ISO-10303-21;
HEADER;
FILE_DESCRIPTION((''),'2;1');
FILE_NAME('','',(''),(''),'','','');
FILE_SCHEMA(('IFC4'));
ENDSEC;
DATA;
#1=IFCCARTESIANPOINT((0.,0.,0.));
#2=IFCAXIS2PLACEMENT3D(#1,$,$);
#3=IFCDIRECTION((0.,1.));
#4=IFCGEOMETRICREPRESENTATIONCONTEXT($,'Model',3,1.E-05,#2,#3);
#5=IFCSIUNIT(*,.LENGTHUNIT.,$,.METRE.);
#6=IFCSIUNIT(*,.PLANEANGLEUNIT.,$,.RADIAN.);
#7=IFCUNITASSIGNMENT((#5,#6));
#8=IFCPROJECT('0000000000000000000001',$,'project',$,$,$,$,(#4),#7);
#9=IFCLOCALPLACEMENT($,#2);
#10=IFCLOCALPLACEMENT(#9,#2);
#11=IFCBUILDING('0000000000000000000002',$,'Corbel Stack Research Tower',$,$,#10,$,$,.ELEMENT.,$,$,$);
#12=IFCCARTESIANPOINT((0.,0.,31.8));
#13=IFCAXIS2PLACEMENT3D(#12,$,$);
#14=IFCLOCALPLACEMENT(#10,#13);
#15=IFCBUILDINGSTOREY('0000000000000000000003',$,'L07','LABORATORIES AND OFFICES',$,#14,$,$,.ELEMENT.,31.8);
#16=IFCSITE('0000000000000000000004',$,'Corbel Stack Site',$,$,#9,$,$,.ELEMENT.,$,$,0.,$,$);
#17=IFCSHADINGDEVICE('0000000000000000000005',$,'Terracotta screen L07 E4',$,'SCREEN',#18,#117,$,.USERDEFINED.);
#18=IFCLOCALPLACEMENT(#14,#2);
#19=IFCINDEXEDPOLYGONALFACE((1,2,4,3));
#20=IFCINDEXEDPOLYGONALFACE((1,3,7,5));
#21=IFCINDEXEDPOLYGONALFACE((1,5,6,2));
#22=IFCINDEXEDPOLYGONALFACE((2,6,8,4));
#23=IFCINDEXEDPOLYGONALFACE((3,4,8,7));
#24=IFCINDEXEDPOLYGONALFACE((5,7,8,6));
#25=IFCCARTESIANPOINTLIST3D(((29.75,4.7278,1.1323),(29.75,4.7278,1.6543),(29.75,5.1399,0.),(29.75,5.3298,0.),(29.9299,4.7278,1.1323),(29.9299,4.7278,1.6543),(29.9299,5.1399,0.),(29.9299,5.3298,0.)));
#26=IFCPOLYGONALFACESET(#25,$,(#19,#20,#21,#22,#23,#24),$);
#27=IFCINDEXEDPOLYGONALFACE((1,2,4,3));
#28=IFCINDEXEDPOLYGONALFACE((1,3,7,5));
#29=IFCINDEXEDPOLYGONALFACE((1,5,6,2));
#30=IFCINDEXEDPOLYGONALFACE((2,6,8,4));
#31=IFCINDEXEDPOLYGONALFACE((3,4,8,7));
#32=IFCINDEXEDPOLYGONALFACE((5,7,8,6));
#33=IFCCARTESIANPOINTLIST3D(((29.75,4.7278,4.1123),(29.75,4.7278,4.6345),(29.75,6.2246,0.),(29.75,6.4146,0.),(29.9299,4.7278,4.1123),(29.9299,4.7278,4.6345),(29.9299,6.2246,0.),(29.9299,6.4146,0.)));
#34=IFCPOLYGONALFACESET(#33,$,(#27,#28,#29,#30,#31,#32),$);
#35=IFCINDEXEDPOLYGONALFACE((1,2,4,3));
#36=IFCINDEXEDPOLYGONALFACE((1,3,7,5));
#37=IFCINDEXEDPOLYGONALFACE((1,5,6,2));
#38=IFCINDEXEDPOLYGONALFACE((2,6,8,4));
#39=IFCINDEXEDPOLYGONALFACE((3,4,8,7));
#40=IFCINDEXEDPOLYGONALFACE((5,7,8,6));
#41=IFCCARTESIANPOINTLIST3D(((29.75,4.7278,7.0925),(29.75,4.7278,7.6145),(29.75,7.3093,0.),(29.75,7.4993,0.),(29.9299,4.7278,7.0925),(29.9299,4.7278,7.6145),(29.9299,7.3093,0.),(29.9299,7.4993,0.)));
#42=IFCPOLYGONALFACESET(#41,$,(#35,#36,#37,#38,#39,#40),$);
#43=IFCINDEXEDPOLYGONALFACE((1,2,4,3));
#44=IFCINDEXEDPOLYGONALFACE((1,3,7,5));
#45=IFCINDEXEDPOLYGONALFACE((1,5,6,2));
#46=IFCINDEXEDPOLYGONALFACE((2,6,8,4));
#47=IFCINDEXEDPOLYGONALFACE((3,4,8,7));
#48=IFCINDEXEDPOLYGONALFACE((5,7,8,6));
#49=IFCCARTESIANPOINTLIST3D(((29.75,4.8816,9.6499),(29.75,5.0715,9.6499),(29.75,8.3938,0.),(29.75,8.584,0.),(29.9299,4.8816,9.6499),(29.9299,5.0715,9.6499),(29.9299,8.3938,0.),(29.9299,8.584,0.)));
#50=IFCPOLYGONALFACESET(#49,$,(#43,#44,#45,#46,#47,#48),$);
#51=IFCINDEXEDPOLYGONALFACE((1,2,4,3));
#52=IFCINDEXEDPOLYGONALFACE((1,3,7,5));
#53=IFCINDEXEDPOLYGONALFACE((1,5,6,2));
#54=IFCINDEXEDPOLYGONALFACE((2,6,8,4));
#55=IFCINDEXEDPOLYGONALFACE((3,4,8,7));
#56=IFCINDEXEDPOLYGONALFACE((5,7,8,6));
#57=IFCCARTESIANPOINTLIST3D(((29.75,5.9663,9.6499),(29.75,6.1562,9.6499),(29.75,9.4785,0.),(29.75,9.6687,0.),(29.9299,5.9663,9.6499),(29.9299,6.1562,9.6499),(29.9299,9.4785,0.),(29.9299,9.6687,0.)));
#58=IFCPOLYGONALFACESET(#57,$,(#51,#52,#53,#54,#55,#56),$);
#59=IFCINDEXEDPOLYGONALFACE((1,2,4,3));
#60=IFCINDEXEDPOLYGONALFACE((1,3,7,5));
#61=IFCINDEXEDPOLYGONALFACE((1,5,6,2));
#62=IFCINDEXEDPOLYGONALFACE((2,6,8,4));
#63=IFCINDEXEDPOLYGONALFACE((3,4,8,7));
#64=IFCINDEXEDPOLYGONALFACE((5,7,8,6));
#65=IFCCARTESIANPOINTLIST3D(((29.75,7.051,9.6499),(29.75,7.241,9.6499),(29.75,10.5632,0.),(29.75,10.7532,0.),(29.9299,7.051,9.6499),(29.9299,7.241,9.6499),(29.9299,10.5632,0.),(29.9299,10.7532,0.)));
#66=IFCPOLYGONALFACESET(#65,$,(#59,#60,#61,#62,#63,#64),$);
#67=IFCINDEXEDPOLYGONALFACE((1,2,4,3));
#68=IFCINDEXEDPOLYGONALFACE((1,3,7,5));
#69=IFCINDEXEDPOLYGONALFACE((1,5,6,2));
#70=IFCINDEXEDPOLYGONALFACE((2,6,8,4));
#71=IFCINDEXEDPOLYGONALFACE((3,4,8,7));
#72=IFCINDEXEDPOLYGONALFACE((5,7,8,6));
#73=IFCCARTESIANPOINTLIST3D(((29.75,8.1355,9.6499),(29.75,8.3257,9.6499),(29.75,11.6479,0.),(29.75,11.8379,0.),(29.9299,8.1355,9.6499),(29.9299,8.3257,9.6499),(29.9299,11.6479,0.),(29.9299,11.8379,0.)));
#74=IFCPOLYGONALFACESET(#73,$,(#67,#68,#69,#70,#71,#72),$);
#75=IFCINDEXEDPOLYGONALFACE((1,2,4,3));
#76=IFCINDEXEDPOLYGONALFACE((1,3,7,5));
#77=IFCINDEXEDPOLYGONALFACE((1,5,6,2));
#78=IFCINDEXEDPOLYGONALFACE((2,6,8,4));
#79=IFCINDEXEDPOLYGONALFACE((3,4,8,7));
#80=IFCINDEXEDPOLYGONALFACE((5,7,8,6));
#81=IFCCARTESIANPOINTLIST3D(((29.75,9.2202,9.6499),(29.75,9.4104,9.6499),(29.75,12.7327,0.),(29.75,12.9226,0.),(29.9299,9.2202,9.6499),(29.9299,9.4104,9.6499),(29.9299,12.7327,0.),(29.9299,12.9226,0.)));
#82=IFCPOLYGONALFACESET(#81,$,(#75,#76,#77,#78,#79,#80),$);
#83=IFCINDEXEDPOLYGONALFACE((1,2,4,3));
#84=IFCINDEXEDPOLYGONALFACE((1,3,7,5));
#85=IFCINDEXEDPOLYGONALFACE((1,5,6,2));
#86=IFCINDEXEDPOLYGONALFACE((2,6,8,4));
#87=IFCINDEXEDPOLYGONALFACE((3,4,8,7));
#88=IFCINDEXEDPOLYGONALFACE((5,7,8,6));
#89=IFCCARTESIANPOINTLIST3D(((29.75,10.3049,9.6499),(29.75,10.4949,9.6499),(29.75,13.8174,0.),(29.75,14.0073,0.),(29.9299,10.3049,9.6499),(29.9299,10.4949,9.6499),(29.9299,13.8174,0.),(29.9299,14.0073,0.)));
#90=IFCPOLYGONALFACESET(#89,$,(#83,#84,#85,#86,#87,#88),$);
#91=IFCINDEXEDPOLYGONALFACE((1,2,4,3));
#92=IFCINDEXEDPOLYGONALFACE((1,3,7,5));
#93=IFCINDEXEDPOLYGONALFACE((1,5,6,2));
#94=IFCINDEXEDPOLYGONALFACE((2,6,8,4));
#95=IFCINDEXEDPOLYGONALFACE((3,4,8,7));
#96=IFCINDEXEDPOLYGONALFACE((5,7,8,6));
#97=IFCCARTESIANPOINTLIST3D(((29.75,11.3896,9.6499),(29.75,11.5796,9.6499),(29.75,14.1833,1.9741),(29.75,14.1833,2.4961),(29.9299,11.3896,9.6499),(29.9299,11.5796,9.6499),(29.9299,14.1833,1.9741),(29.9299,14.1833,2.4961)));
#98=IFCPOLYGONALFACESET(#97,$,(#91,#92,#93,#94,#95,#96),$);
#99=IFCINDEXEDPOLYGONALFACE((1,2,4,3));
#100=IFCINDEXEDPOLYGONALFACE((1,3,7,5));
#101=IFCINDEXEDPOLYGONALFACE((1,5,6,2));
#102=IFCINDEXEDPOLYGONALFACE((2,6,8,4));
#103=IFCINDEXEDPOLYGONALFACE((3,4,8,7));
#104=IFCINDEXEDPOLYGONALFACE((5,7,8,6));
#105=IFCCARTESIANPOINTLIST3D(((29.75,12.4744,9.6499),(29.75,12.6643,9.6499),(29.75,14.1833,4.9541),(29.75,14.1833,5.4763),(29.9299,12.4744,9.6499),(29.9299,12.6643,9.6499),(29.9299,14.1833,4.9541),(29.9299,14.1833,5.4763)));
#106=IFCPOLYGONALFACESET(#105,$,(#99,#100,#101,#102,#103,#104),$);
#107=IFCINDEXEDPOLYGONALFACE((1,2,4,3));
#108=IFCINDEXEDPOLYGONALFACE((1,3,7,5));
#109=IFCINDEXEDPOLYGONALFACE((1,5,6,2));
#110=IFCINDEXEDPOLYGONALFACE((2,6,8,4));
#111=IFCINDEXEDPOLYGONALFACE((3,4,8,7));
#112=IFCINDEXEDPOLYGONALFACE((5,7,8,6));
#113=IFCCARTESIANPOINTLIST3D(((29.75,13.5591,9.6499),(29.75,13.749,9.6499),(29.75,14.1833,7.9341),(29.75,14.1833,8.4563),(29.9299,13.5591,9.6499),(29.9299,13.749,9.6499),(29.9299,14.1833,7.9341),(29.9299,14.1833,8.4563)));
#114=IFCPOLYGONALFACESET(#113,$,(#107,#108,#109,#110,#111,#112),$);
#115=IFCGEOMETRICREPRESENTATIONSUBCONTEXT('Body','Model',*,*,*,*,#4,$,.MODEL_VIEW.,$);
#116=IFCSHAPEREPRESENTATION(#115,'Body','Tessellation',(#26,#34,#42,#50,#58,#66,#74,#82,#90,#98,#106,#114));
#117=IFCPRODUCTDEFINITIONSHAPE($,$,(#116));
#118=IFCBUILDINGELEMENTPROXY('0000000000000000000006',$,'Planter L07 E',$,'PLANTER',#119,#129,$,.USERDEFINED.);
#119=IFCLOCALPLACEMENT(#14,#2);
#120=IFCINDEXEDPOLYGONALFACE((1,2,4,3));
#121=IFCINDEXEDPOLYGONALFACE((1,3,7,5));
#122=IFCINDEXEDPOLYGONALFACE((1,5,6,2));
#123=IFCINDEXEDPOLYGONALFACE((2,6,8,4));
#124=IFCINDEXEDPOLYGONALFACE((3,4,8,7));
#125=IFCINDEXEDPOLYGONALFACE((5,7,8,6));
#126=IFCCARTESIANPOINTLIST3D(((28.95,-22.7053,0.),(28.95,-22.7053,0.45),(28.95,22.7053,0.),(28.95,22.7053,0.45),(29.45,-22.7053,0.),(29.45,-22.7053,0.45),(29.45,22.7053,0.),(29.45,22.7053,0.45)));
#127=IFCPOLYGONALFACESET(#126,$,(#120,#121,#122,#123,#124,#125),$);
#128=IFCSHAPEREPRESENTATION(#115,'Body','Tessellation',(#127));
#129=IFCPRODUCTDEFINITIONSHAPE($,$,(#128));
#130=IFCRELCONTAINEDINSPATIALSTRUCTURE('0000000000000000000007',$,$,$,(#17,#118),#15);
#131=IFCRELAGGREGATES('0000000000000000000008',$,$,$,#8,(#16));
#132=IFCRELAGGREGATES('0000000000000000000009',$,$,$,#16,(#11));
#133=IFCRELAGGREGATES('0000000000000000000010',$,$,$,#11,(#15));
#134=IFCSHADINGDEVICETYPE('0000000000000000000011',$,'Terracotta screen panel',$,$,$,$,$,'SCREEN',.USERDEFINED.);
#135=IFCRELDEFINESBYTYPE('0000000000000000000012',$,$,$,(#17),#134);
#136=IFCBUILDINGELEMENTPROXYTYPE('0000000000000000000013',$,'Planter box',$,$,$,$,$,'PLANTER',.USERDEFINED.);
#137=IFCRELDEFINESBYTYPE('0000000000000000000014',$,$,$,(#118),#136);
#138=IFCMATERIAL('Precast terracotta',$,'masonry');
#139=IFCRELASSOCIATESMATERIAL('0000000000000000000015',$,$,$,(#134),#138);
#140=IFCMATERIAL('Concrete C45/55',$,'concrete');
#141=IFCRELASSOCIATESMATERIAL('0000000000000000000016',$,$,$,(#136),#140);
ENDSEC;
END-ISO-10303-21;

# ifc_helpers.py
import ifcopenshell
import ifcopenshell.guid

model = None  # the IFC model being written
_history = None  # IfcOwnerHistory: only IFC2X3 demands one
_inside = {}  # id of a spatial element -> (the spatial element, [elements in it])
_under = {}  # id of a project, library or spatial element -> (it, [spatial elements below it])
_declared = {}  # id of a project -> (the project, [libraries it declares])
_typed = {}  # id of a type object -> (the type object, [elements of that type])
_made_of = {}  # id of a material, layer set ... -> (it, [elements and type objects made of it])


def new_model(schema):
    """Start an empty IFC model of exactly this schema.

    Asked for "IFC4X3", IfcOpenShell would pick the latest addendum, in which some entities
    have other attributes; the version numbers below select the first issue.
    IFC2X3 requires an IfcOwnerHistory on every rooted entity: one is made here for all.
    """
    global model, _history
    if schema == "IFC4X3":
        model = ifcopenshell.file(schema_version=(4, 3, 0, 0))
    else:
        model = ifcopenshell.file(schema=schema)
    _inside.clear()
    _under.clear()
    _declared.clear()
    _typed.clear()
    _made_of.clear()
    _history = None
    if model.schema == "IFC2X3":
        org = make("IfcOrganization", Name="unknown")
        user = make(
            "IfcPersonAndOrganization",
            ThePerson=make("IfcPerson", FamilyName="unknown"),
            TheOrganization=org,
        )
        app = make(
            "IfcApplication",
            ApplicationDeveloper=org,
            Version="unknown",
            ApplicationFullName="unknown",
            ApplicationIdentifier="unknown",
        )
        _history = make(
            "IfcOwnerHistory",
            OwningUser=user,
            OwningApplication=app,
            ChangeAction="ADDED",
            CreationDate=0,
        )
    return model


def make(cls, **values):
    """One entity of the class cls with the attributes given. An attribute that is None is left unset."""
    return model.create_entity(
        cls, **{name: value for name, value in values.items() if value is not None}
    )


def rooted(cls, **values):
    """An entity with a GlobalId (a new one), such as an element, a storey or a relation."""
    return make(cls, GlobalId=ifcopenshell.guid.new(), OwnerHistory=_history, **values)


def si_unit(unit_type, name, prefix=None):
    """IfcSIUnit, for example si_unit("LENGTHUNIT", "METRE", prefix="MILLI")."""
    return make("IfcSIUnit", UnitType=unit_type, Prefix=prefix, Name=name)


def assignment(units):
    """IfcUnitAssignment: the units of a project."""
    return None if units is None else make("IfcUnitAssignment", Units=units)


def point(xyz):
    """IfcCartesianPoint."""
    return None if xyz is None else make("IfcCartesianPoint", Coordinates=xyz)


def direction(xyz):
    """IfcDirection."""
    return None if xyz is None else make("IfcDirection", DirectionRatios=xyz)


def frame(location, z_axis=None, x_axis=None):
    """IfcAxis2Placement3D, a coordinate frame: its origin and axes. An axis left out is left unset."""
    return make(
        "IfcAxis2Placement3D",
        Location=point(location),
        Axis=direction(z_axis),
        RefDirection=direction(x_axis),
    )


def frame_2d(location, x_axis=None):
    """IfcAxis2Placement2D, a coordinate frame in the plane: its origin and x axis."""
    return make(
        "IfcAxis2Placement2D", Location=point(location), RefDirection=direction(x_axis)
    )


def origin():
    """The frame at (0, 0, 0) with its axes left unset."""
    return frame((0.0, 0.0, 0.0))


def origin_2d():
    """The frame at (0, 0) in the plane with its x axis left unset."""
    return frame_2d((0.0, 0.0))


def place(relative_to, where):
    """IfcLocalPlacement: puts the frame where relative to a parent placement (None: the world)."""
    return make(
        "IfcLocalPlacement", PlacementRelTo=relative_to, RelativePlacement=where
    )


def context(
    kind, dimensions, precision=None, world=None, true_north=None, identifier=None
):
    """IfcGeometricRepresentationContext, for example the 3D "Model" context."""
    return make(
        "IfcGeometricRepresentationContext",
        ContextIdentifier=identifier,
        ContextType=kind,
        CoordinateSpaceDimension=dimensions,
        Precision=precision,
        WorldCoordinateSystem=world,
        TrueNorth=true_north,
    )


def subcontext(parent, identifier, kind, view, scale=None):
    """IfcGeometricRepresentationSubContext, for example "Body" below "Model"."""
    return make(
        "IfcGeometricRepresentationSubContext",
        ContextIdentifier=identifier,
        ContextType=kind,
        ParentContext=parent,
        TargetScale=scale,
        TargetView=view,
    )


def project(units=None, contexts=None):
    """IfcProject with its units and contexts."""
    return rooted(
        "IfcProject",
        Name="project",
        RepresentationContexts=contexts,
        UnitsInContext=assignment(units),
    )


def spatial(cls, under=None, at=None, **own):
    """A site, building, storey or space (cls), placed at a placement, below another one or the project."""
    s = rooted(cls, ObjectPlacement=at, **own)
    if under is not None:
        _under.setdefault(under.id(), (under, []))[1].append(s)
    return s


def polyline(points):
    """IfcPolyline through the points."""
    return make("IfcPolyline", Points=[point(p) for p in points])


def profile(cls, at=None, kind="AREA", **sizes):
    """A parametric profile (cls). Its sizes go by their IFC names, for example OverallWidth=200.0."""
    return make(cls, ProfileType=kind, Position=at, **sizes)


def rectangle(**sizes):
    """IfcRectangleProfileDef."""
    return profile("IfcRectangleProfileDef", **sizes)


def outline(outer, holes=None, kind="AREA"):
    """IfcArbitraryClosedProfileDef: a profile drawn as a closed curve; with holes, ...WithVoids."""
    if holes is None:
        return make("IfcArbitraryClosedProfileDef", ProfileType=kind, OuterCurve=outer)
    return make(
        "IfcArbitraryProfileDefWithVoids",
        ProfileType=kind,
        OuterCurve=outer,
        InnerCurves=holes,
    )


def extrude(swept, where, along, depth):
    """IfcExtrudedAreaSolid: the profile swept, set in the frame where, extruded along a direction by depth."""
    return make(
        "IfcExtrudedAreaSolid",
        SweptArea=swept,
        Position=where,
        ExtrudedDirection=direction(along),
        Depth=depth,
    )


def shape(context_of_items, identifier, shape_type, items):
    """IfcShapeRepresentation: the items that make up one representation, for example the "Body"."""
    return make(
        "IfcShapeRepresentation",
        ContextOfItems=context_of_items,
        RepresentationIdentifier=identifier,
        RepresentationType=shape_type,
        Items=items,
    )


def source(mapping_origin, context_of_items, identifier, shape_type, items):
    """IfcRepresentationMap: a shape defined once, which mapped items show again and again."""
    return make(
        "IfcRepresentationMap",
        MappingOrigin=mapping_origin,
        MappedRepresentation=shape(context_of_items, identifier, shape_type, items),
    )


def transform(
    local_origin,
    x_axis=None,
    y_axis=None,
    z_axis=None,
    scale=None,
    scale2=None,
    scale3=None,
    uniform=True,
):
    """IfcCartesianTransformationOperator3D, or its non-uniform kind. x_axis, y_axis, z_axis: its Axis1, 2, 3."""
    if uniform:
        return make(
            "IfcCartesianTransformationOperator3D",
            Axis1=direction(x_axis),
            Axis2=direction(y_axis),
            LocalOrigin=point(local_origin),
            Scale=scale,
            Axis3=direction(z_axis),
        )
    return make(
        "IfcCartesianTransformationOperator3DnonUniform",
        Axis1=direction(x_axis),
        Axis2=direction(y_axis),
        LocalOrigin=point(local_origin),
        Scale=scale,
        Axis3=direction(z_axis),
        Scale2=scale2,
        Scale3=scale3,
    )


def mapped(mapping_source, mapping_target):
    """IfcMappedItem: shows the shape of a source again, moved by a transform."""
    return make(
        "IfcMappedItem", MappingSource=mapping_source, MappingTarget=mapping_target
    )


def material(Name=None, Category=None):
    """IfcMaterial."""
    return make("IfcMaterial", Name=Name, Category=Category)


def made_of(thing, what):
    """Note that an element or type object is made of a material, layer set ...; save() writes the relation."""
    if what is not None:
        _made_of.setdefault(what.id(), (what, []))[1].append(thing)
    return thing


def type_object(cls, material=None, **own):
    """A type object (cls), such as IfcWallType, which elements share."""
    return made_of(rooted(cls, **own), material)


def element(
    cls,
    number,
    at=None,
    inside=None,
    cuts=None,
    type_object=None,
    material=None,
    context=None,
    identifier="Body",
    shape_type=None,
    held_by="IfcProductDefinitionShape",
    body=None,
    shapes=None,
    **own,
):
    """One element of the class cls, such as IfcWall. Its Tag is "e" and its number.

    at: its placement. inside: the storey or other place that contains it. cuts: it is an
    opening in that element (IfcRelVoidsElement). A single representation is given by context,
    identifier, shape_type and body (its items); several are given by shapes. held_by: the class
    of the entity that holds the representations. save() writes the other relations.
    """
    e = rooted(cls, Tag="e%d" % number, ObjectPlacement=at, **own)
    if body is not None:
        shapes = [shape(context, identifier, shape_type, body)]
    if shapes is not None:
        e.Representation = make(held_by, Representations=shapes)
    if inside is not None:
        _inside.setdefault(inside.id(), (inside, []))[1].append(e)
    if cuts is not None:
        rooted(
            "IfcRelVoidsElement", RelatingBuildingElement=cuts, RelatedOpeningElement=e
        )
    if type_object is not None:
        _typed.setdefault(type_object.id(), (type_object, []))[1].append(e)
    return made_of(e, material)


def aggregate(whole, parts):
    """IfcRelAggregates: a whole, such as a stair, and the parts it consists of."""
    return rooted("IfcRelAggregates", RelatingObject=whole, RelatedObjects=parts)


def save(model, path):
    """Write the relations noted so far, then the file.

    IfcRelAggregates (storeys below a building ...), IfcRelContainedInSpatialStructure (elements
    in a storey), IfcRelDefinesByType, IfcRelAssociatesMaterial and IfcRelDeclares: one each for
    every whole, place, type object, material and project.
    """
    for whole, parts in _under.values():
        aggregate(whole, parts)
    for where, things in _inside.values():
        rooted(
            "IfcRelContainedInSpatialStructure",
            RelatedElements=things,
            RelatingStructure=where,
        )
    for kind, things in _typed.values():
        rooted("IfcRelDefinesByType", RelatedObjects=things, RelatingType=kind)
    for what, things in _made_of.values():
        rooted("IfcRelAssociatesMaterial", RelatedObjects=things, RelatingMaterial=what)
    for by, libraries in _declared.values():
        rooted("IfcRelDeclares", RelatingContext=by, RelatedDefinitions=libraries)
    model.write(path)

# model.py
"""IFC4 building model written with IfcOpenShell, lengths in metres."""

from ifc_helpers import new_model, si_unit, direction, frame, origin, origin_2d, place, context, subcontext, project, spatial, polyline, rectangle, outline, extrude, source, transform, mapped, material, type_object, element, save


model = new_model("IFC4")

# Units and contexts
model_context = context("Model", 3, precision=1e-05, world=origin(), true_north=direction((0.0, 1.0)))
body_context = subcontext(model_context, "Body", "Model", "MODEL_VIEW")
ifc_project = project(units=[si_unit("LENGTHUNIT", "METRE"), si_unit("PLANEANGLEUNIT", "RADIAN")], contexts=[model_context])

# Site, building, storey
site_placement = place(None, origin())
site = spatial("IfcSite", under=ifc_project, at=site_placement, Name="Corbel Stack Site", CompositionType="ELEMENT", RefElevation=0.0)
building_placement = place(site_placement, origin())
building = spatial("IfcBuilding", under=site, at=building_placement, Name="Corbel Stack Research Tower", CompositionType="ELEMENT")
storey_placement = place(building_placement, frame((0.0, 0.0, 31.8)))
storey = spatial("IfcBuildingStorey", under=building, at=storey_placement, Name="L07", Description="LABORATORIES AND OFFICES", CompositionType="ELEMENT", Elevation=31.8)

# Shading device
ifc_material_1 = material(Name="Precast terracotta", Category="masonry")
shading_device_type = type_object("IfcShadingDeviceType", Name="Terracotta screen panel", ElementType="SCREEN", PredefinedType="USERDEFINED", material=ifc_material_1)
shared_shape_1 = source(origin(), body_context, "Body", "SweptSolid", [
    extrude(outline(polyline([(0.6021, 0.0), (0.0, 1.6543), (0.0, 1.1323), (0.4121, 0.0), (0.6021, 0.0)])), frame((0.0, 0.0, 0.0), z_axis=(0.0, -1.0, 0.0), x_axis=(1.0, 0.0, 0.0)), (0.0, 0.0, 1.0), 0.1799),
    extrude(outline(polyline([(1.6868, 0.0), (0.0, 4.6345), (0.0, 4.1123), (1.4968, 0.0), (1.6868, 0.0)])), frame((0.0, 0.0, 0.0), z_axis=(0.0, -1.0, 0.0), x_axis=(1.0, 0.0, 0.0)), (0.0, 0.0, 1.0), 0.1799),
    extrude(outline(polyline([(2.7715, 0.0), (0.0, 7.6145), (0.0, 7.0925), (2.5815, 0.0), (2.7715, 0.0)])), frame((0.0, 0.0, 0.0), z_axis=(0.0, -1.0, 0.0), x_axis=(1.0, 0.0, 0.0)), (0.0, 0.0, 1.0), 0.1799),
    extrude(outline(polyline([(3.8562, 0.0), (0.3438, 9.6499), (0.1538, 9.6499), (3.666, 0.0), (3.8562, 0.0)])), frame((0.0, 0.0, 0.0), z_axis=(0.0, -1.0, 0.0), x_axis=(1.0, 0.0, 0.0)), (0.0, 0.0, 1.0), 0.1799),
    extrude(outline(polyline([(4.9409, 0.0), (1.4285, 9.6499), (1.2385, 9.6499), (4.7507, 0.0), (4.9409, 0.0)])), frame((0.0, 0.0, 0.0), z_axis=(0.0, -1.0, 0.0), x_axis=(1.0, 0.0, 0.0)), (0.0, 0.0, 1.0), 0.1799),
    extrude(outline(polyline([(6.0254, 0.0), (2.5132, 9.6499), (2.3232, 9.6499), (5.8354, 0.0), (6.0254, 0.0)])), frame((0.0, 0.0, 0.0), z_axis=(0.0, -1.0, 0.0), x_axis=(1.0, 0.0, 0.0)), (0.0, 0.0, 1.0), 0.1799),
    extrude(outline(polyline([(7.1101, 0.0), (3.5979, 9.6499), (3.4077, 9.6499), (6.9202, 0.0), (7.1101, 0.0)])), frame((0.0, 0.0, 0.0), z_axis=(0.0, -1.0, 0.0), x_axis=(1.0, 0.0, 0.0)), (0.0, 0.0, 1.0), 0.1799),
    extrude(outline(polyline([(8.1948, 0.0), (4.6826, 9.6499), (4.4924, 9.6499), (8.0049, 0.0), (8.1948, 0.0)])), frame((0.0, 0.0, 0.0), z_axis=(0.0, -1.0, 0.0), x_axis=(1.0, 0.0, 0.0)), (0.0, 0.0, 1.0), 0.1799),
    extrude(outline(polyline([(9.2795, 0.0), (5.7671, 9.6499), (5.5771, 9.6499), (9.0896, 0.0), (9.2795, 0.0)])), frame((0.0, 0.0, 0.0), z_axis=(0.0, -1.0, 0.0), x_axis=(1.0, 0.0, 0.0)), (0.0, 0.0, 1.0), 0.1799),
    extrude(outline(polyline([(6.8518, 9.6499), (6.6619, 9.6499), (9.4556, 1.9741), (9.4556, 2.4961), (6.8518, 9.6499)])), frame((0.0, 0.0, 0.0), z_axis=(0.0, -1.0, 0.0), x_axis=(1.0, 0.0, 0.0)), (0.0, 0.0, 1.0), 0.1799),
    extrude(outline(polyline([(7.9365, 9.6499), (7.7466, 9.6499), (9.4556, 4.9541), (9.4556, 5.4763), (7.9365, 9.6499)])), frame((0.0, 0.0, 0.0), z_axis=(0.0, -1.0, 0.0), x_axis=(1.0, 0.0, 0.0)), (0.0, 0.0, 1.0), 0.1799),
    extrude(outline(polyline([(9.0212, 9.6499), (8.8313, 9.6499), (9.4556, 7.9341), (9.4556, 8.4563), (9.0212, 9.6499)])), frame((0.0, 0.0, 0.0), z_axis=(0.0, -1.0, 0.0), x_axis=(1.0, 0.0, 0.0)), (0.0, 0.0, 1.0), 0.1799),
])
shading_device_1_placement = place(storey_placement, frame((29.75, 4.7278, 0.0), z_axis=(0.0, 0.0, 1.0), x_axis=(0.0, 1.0, 0.0)))
element("IfcShadingDevice", 1, at=shading_device_1_placement, inside=storey, type_object=shading_device_type, Name="Terracotta screen L07 E4", ObjectType="SCREEN", PredefinedType="USERDEFINED", context=body_context, shape_type="MappedRepresentation", body=[
    mapped(shared_shape_1, transform((0.0, 0.0, 0.0))),
])

# Building element proxy
ifc_material_2 = material(Name="Concrete C45/55", Category="concrete")
building_element_proxy_type = type_object("IfcBuildingElementProxyType", Name="Planter box", ElementType="PLANTER", PredefinedType="USERDEFINED", material=ifc_material_2)
proxy_placement = place(storey_placement, frame((29.2, 0.0, 0.0), z_axis=(0.0, 0.0, 1.0), x_axis=(0.0, 1.0, 0.0)))
element("IfcBuildingElementProxy", 2, at=proxy_placement, inside=storey, type_object=building_element_proxy_type, Name="Planter L07 E", ObjectType="PLANTER", PredefinedType="USERDEFINED", context=body_context, shape_type="SweptSolid", body=[
    extrude(rectangle(XDim=45.4106, YDim=0.5, at=origin_2d()), origin(), (0.0, 0.0, 1.0), 0.45),
])

save(model, "model.ifc")
